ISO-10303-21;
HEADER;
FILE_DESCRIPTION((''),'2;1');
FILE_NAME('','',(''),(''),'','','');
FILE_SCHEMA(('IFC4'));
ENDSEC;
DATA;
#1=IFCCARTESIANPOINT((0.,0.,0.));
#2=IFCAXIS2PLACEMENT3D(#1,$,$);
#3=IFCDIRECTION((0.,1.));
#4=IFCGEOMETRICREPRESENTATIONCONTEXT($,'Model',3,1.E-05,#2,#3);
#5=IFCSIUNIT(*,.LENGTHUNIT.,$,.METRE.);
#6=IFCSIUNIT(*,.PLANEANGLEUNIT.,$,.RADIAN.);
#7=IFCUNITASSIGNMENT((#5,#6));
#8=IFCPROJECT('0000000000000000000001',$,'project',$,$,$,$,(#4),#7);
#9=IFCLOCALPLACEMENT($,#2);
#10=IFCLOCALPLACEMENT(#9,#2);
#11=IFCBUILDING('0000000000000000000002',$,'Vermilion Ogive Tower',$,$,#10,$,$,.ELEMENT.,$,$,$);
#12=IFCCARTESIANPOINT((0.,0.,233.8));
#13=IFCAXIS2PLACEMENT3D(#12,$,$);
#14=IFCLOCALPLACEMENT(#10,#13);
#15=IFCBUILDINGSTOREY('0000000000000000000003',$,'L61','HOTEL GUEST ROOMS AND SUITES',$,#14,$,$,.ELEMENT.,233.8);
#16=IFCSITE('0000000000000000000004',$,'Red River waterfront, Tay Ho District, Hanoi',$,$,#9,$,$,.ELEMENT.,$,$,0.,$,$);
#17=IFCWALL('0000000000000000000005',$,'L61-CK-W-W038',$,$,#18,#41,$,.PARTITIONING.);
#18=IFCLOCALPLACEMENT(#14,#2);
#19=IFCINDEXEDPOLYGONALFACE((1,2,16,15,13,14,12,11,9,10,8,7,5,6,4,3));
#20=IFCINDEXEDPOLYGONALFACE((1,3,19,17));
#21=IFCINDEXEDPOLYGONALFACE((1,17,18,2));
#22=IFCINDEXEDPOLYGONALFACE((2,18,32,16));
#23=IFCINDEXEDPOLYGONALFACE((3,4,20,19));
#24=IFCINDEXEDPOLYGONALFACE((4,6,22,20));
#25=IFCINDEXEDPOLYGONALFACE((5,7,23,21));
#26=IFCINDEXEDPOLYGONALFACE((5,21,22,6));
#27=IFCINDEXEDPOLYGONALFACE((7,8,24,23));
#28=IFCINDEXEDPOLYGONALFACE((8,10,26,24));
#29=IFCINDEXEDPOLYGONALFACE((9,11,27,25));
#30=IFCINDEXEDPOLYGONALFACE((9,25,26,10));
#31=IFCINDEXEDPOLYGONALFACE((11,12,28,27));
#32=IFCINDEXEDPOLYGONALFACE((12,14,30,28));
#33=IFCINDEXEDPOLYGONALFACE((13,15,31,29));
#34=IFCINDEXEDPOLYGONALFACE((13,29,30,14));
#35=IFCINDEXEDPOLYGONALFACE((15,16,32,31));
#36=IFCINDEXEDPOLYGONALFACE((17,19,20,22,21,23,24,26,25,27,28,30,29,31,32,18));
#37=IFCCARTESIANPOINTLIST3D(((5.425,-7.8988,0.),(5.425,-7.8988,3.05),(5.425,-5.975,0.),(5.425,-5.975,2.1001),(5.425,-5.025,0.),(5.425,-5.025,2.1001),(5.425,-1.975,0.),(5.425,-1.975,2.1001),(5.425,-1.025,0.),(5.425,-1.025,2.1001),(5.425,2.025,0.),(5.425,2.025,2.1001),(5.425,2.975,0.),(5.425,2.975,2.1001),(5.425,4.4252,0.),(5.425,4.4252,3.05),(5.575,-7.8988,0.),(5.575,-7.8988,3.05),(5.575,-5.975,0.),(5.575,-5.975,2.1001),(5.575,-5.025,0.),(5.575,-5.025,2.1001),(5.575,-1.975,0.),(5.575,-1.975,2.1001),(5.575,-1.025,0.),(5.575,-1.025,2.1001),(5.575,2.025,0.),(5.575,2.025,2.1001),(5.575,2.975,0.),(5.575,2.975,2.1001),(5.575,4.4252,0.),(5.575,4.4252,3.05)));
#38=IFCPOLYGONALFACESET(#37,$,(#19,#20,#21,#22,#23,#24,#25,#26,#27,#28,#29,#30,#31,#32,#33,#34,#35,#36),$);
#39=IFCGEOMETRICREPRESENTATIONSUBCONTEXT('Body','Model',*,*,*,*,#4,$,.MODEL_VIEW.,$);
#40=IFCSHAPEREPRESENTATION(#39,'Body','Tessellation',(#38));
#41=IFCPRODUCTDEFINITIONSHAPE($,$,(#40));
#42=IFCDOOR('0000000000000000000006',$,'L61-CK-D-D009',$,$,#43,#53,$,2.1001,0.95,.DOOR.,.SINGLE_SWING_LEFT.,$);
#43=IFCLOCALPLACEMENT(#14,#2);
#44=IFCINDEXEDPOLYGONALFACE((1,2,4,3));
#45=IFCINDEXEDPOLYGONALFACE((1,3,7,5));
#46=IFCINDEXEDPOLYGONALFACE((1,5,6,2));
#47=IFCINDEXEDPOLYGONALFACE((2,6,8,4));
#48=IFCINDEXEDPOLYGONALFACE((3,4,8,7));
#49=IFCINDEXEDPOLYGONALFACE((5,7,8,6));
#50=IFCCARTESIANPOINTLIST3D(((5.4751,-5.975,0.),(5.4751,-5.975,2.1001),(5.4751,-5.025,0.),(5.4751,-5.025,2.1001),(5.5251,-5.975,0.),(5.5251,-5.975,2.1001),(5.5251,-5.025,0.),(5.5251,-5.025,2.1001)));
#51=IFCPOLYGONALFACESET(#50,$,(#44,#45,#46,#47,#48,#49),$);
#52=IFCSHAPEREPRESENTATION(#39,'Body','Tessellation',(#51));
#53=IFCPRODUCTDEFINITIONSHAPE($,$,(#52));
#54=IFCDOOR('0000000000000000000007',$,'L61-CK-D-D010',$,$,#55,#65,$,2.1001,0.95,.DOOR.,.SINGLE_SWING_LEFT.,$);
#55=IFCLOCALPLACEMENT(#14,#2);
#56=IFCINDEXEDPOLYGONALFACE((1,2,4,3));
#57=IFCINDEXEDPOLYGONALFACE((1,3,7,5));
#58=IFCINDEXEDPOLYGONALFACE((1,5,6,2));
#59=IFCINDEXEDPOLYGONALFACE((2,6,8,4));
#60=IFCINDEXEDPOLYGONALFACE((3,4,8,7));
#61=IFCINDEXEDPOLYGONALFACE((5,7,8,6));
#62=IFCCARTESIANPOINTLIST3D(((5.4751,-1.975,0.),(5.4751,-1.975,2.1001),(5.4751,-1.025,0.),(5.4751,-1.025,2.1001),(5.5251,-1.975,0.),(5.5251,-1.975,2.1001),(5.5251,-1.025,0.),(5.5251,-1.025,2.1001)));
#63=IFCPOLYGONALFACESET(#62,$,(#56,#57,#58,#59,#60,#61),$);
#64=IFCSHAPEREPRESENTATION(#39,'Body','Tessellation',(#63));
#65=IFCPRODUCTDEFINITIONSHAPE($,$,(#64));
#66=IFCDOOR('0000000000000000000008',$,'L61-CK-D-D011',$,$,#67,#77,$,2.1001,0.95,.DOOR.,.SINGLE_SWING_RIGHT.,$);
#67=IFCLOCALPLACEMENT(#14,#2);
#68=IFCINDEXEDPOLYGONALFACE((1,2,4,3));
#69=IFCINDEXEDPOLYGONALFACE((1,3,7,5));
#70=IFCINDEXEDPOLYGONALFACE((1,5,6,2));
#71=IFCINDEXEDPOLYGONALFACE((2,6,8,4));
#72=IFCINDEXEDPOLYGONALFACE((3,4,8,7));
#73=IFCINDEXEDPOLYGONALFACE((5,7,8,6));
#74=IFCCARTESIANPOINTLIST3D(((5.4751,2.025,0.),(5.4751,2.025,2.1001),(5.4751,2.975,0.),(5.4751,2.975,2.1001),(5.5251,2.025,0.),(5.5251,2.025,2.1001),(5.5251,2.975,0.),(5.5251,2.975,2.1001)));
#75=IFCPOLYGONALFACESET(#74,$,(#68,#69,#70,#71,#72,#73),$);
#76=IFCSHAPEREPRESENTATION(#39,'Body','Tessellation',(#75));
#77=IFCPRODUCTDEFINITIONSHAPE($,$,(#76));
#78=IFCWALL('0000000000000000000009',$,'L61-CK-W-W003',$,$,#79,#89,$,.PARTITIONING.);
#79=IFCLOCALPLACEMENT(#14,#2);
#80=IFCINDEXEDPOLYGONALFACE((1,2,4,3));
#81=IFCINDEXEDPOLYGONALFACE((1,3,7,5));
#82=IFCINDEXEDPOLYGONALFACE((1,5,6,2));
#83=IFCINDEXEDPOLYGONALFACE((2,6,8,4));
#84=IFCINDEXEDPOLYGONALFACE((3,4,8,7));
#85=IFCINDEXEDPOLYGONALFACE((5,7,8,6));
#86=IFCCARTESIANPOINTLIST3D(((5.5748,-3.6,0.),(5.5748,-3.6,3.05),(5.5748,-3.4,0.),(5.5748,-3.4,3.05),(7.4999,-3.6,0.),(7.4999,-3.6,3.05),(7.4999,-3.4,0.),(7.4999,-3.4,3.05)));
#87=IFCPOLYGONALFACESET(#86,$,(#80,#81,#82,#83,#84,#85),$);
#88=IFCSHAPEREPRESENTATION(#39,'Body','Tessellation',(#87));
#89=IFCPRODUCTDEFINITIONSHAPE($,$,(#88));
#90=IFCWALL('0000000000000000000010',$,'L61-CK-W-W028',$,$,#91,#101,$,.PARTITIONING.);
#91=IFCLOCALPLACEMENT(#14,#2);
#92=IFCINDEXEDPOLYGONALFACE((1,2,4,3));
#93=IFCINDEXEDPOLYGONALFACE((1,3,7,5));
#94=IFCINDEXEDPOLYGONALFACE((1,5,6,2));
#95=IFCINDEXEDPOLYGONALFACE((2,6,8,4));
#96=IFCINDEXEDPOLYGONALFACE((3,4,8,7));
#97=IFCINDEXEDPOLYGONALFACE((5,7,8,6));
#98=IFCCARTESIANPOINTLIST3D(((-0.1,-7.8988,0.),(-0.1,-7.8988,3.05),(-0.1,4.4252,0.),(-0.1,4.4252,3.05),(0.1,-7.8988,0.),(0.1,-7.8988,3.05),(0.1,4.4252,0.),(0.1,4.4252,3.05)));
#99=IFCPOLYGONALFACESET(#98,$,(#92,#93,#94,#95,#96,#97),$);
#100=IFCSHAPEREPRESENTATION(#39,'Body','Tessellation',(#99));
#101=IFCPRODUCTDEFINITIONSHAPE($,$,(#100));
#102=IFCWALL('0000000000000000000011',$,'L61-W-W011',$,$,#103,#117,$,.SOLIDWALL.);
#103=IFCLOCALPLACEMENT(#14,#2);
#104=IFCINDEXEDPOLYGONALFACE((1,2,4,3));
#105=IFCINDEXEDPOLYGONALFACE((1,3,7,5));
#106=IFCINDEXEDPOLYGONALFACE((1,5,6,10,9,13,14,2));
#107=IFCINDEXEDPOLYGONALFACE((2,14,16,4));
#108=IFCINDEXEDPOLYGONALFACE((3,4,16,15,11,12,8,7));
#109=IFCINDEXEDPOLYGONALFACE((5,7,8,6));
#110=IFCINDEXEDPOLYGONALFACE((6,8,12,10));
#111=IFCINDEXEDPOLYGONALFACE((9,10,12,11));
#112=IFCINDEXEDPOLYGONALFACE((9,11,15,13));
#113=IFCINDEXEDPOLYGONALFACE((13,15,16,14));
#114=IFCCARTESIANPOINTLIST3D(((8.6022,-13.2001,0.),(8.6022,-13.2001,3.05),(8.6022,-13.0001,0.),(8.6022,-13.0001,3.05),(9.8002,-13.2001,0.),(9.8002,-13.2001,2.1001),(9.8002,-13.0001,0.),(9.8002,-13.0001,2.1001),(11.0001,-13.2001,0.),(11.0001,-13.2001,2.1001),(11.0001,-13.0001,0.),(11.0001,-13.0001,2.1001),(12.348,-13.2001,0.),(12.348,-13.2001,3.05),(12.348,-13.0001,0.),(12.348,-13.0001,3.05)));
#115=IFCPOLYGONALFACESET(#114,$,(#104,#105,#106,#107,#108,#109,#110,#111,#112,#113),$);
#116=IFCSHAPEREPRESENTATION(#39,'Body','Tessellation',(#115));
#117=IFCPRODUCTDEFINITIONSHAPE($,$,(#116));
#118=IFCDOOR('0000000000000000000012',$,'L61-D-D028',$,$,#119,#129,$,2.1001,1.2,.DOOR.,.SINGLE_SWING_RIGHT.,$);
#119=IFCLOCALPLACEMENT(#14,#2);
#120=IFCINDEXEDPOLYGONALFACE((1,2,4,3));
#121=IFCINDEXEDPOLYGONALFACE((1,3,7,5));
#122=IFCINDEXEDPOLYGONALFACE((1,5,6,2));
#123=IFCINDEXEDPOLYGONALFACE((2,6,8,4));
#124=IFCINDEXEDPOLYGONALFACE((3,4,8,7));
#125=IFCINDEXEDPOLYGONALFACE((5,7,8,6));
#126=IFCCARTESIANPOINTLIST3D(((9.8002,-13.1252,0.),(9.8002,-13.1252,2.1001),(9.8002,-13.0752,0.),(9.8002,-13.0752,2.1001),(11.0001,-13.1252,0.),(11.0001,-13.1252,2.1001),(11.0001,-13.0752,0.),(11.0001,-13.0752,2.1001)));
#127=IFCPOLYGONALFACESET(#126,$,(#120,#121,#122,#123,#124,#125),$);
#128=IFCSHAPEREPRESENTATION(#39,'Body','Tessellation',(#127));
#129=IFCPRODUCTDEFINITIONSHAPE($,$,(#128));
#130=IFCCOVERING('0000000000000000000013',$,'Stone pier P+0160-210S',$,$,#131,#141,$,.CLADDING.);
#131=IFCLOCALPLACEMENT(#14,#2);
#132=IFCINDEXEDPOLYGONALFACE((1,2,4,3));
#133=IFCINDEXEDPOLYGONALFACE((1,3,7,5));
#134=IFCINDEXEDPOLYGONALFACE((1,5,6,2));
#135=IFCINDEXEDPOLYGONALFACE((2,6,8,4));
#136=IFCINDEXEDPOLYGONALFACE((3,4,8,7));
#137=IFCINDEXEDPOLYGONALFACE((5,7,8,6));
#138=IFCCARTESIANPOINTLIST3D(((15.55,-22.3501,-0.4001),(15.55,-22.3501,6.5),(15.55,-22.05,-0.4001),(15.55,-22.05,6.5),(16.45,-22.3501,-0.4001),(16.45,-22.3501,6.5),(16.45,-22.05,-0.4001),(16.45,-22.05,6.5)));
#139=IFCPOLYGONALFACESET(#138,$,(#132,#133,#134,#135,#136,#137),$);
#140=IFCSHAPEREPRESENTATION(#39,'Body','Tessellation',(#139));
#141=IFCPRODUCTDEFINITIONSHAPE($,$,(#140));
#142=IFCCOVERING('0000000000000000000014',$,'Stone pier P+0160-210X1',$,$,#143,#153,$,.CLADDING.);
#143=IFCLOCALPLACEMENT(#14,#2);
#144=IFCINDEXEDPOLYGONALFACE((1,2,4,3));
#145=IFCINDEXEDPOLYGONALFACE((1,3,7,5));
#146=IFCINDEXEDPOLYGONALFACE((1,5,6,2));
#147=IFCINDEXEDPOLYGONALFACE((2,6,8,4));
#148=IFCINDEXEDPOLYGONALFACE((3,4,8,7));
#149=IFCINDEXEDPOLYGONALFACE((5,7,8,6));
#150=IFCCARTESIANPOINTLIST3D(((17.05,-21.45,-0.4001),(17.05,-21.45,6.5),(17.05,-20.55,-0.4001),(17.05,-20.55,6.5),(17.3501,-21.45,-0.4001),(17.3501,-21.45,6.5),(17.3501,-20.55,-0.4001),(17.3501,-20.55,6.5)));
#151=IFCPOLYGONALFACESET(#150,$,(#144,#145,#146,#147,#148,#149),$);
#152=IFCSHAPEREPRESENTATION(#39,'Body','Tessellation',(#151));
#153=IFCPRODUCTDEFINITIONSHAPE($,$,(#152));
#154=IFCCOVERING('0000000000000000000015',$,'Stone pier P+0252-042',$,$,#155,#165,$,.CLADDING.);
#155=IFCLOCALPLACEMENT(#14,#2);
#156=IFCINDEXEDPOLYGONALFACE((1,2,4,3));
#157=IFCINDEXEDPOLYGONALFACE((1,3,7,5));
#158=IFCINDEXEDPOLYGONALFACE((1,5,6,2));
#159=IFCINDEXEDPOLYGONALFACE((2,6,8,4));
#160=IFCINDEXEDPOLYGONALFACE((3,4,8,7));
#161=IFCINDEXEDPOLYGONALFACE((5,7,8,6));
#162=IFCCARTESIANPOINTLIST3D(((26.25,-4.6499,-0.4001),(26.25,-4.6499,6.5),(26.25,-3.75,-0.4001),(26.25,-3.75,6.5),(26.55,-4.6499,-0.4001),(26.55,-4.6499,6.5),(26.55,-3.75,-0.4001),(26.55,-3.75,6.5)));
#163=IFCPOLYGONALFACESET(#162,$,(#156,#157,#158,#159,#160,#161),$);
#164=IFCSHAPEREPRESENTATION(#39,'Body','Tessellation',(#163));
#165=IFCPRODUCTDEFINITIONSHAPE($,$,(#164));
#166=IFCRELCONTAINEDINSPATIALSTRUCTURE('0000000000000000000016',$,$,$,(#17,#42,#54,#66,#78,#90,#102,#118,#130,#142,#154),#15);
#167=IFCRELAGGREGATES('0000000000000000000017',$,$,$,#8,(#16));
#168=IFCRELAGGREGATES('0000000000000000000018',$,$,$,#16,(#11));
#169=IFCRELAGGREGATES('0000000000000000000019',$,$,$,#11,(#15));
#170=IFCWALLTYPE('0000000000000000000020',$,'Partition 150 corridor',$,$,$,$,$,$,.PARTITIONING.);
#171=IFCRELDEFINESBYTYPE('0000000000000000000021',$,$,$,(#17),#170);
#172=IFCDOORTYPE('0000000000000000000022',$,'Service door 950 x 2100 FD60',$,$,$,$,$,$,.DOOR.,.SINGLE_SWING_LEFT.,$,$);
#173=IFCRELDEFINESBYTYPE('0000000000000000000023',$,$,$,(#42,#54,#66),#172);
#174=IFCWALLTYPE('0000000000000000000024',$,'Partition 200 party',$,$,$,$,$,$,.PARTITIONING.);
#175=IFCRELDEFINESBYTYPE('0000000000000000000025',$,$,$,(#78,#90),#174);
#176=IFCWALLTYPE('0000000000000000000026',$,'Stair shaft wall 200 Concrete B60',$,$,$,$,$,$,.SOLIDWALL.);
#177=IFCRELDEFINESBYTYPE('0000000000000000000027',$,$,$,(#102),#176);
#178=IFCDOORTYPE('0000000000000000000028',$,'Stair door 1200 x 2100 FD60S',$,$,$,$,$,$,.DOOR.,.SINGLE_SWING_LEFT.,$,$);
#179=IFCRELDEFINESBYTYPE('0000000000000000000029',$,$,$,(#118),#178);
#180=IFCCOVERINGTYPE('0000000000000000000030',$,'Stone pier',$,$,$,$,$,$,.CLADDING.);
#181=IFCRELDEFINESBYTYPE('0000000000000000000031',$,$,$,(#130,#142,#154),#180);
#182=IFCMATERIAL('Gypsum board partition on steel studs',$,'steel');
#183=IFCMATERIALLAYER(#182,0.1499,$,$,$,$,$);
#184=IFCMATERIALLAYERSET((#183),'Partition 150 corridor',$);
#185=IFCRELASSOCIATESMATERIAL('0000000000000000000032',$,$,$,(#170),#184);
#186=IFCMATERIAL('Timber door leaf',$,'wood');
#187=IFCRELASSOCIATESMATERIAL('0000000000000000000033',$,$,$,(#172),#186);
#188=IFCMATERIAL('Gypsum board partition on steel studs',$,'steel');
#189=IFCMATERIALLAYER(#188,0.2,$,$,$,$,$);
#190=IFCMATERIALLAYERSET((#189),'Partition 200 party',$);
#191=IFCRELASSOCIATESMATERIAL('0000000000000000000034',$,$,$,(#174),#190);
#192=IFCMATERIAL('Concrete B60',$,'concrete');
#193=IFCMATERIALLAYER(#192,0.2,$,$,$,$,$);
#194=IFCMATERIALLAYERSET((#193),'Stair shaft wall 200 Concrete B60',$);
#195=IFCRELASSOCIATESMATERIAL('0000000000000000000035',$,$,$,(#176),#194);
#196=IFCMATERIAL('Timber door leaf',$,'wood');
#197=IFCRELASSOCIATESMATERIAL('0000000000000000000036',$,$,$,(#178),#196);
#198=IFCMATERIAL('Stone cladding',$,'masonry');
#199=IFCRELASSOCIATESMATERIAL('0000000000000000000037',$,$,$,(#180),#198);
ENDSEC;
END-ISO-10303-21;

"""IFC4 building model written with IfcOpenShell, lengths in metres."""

from ifc_helpers import new_model, si_unit, direction, frame, frame_2d, origin, place, context, subcontext, project, spatial, polyline, rectangle, outline, extrude, material, layer, layer_set, type_object, element, fill, save


model = new_model("IFC4")

# Units and contexts
model_context = context("Model", 3, precision=1e-05, world=origin(), true_north=direction((0.0, 1.0)))
body_context = subcontext(model_context, "Body", "Model", "MODEL_VIEW")
ifc_project = project(units=[si_unit("LENGTHUNIT", "METRE"), si_unit("PLANEANGLEUNIT", "RADIAN")], contexts=[model_context])

# Site, building, storey
site_placement = place(None, origin())
site = spatial("IfcSite", under=ifc_project, at=site_placement, Name="Red River waterfront, Tay Ho District, Hanoi", CompositionType="ELEMENT", RefElevation=0.0)
building_placement = place(site_placement, origin())
building = spatial("IfcBuilding", under=site, at=building_placement, Name="Vermilion Ogive Tower", CompositionType="ELEMENT")
storey_placement = place(building_placement, frame((0.0, 0.0, 233.8)))
storey = spatial("IfcBuildingStorey", under=building, at=storey_placement, Name="L61", Description="HOTEL GUEST ROOMS AND SUITES", CompositionType="ELEMENT", Elevation=233.8)

# Shared definitions
ifc_material_1 = material(Name="Gypsum board partition on steel studs", Category="steel")
ifc_layer_1 = layer(ifc_material_1, 0.1499)
ifc_layer_set_1 = layer_set([ifc_layer_1], Name="Partition 150 corridor")
wall_type_1 = type_object("IfcWallType", Name="Partition 150 corridor", PredefinedType="PARTITIONING", material=ifc_layer_set_1)

# Shared definitions
ifc_material_2 = material(Name="Timber door leaf", Category="wood")
door_type_1 = type_object("IfcDoorType", Name="Service door 950 x 2100 FD60", OperationType="SINGLE_SWING_LEFT", PredefinedType="DOOR", material=ifc_material_2)

# Wall, openings, doors
wall_1_placement = place(storey_placement, frame((5.5, -7.8989, 0.0), z_axis=(0.0, 0.0, 1.0), x_axis=(0.0, 1.0, 0.0)))
wall_1 = element("IfcWall", 1, at=wall_1_placement, inside=storey, type_object=wall_type_1, Name="L61-CK-W-W038", PredefinedType="PARTITIONING", context=body_context, shape_type="SweptSolid", body=[
    extrude(rectangle(XDim=12.324, YDim=0.1499, at=frame_2d((6.1621, 0.0))), origin(), (0.0, 0.0, 1.0), 3.05),
])
opening_1_placement = place(wall_1_placement, frame((1.9238, 0.0, 0.0)))
opening_1 = element("IfcOpeningElement", 2, at=opening_1_placement, cuts=wall_1, PredefinedType="OPENING", context=body_context, shape_type="SweptSolid", body=[
    extrude(rectangle(XDim=0.95, YDim=2.1001, at=frame_2d((0.4751, 1.05))), frame((0.0, 0.085, 0.0), z_axis=(0.0, -1.0, 0.0), x_axis=(1.0, 0.0, 0.0)), (0.0, 0.0, 1.0), 0.1699),
])
opening_2_placement = place(wall_1_placement, frame((5.9238, 0.0, 0.0)))
opening_2 = element("IfcOpeningElement", 3, at=opening_2_placement, cuts=wall_1, PredefinedType="OPENING", context=body_context, shape_type="SweptSolid", body=[
    extrude(rectangle(XDim=0.95, YDim=2.1001, at=frame_2d((0.4751, 1.05))), frame((0.0, 0.085, 0.0), z_axis=(0.0, -1.0, 0.0), x_axis=(1.0, 0.0, 0.0)), (0.0, 0.0, 1.0), 0.1699),
])
opening_3_placement = place(wall_1_placement, frame((9.9238, 0.0, 0.0)))
opening_3 = element("IfcOpeningElement", 4, at=opening_3_placement, cuts=wall_1, PredefinedType="OPENING", context=body_context, shape_type="SweptSolid", body=[
    extrude(rectangle(XDim=0.95, YDim=2.1001, at=frame_2d((0.4751, 1.05))), frame((0.0, 0.085, 0.0), z_axis=(0.0, -1.0, 0.0), x_axis=(1.0, 0.0, 0.0)), (0.0, 0.0, 1.0), 0.1699),
])
door_1_placement = place(opening_1_placement, origin())
door_1 = element("IfcDoor", 5, at=door_1_placement, inside=storey, type_object=door_type_1, Name="L61-CK-D-D009", OperationType="SINGLE_SWING_LEFT", OverallHeight=2.1001, OverallWidth=0.95, PredefinedType="DOOR", context=body_context, shape_type="SweptSolid", body=[
    extrude(rectangle(XDim=0.95, YDim=2.1001, at=frame_2d((0.4751, 1.05))), frame((0.0, 0.0249, 0.0), z_axis=(0.0, -1.0, 0.0), x_axis=(1.0, 0.0, 0.0)), (0.0, 0.0, 1.0), 0.05),
])
fill(opening_1, door_1)
door_2_placement = place(opening_2_placement, origin())
door_2 = element("IfcDoor", 6, at=door_2_placement, inside=storey, type_object=door_type_1, Name="L61-CK-D-D010", OperationType="SINGLE_SWING_LEFT", OverallHeight=2.1001, OverallWidth=0.95, PredefinedType="DOOR", context=body_context, shape_type="SweptSolid", body=[
    extrude(rectangle(XDim=0.95, YDim=2.1001, at=frame_2d((0.4751, 1.05))), frame((0.0, 0.0249, 0.0), z_axis=(0.0, -1.0, 0.0), x_axis=(1.0, 0.0, 0.0)), (0.0, 0.0, 1.0), 0.05),
])
fill(opening_2, door_2)
door_3_placement = place(opening_3_placement, origin())
door_3 = element("IfcDoor", 7, at=door_3_placement, inside=storey, type_object=door_type_1, Name="L61-CK-D-D011", OperationType="SINGLE_SWING_RIGHT", OverallHeight=2.1001, OverallWidth=0.95, PredefinedType="DOOR", context=body_context, shape_type="SweptSolid", body=[
    extrude(rectangle(XDim=0.95, YDim=2.1001, at=frame_2d((0.4751, 1.05))), frame((0.0, 0.0249, 0.0), z_axis=(0.0, -1.0, 0.0), x_axis=(1.0, 0.0, 0.0)), (0.0, 0.0, 1.0), 0.05),
])
fill(opening_3, door_3)

# Walls
ifc_material_3 = material(Name="Gypsum board partition on steel studs", Category="steel")
ifc_layer_2 = layer(ifc_material_3, 0.2)
ifc_layer_set_2 = layer_set([ifc_layer_2], Name="Partition 200 party")
wall_type_2 = type_object("IfcWallType", Name="Partition 200 party", PredefinedType="PARTITIONING", material=ifc_layer_set_2)
wall_2_placement = place(storey_placement, frame((5.575, -3.5, 0.0), z_axis=(0.0, 0.0, 1.0), x_axis=(1.0, 0.0, 0.0)))
element("IfcWall", 8, at=wall_2_placement, inside=storey, type_object=wall_type_2, Name="L61-CK-W-W003", PredefinedType="PARTITIONING", context=body_context, shape_type="SweptSolid", body=[
    extrude(rectangle(XDim=1.925, YDim=0.2, at=frame_2d((0.9624, 0.0))), origin(), (0.0, 0.0, 1.0), 3.05),
])
wall_3_placement = place(storey_placement, frame((0.0, -7.8989, 0.0), z_axis=(0.0, 0.0, 1.0), x_axis=(0.0, 1.0, 0.0)))
element("IfcWall", 9, at=wall_3_placement, inside=storey, type_object=wall_type_2, Name="L61-CK-W-W028", PredefinedType="PARTITIONING", context=body_context, shape_type="SweptSolid", body=[
    extrude(rectangle(XDim=12.324, YDim=0.2, at=frame_2d((6.1621, 0.0))), origin(), (0.0, 0.0, 1.0), 3.05),
])

# Wall, opening, door
ifc_material_4 = material(Name="Concrete B60", Category="concrete")
ifc_layer_3 = layer(ifc_material_4, 0.2)
ifc_layer_set_3 = layer_set([ifc_layer_3], Name="Stair shaft wall 200 Concrete B60")
wall_type_3 = type_object("IfcWallType", Name="Stair shaft wall 200 Concrete B60", PredefinedType="SOLIDWALL", material=ifc_layer_set_3)
wall_4_placement = place(storey_placement, frame((8.6021, -13.1001, 0.0), z_axis=(0.0, 0.0, 1.0), x_axis=(1.0, 0.0, 0.0)))
wall_4 = element("IfcWall", 10, at=wall_4_placement, inside=storey, type_object=wall_type_3, Name="L61-W-W011", PredefinedType="SOLIDWALL", context=body_context, shape_type="SweptSolid", body=[
    extrude(rectangle(XDim=3.7458, YDim=0.2, at=frame_2d((1.873, 0.0))), origin(), (0.0, 0.0, 1.0), 3.05),
])
opening_4_placement = place(wall_4_placement, frame((1.198, 0.0, 0.0)))
opening_4 = element("IfcOpeningElement", 11, at=opening_4_placement, cuts=wall_4, PredefinedType="OPENING", context=body_context, shape_type="SweptSolid", body=[
    extrude(rectangle(XDim=1.2, YDim=2.1001, at=frame_2d((0.6001, 1.05))), frame((0.0, 0.1099, 0.0), z_axis=(0.0, -1.0, 0.0), x_axis=(1.0, 0.0, 0.0)), (0.0, 0.0, 1.0), 0.22),
])
ifc_material_5 = material(Name="Timber door leaf", Category="wood")
door_type_2 = type_object("IfcDoorType", Name="Stair door 1200 x 2100 FD60S", OperationType="SINGLE_SWING_LEFT", PredefinedType="DOOR", material=ifc_material_5)
door_4_placement = place(opening_4_placement, origin())
door_4 = element("IfcDoor", 12, at=door_4_placement, inside=storey, type_object=door_type_2, Name="L61-D-D028", OperationType="SINGLE_SWING_RIGHT", OverallHeight=2.1001, OverallWidth=1.2, PredefinedType="DOOR", context=body_context, shape_type="SweptSolid", body=[
    extrude(rectangle(XDim=1.2, YDim=2.1001, at=frame_2d((0.6001, 1.05))), frame((0.0, 0.0249, 0.0), z_axis=(0.0, -1.0, 0.0), x_axis=(1.0, 0.0, 0.0)), (0.0, 0.0, 1.0), 0.05),
])
fill(opening_4, door_4)

# Coverings
ifc_material_6 = material(Name="Stone cladding", Category="masonry")
covering_type = type_object("IfcCoveringType", Name="Stone pier", PredefinedType="CLADDING", material=ifc_material_6)
covering_1_placement = place(storey_placement, frame((0.0, 0.0, -0.4001)))
element("IfcCovering", 13, at=covering_1_placement, inside=storey, type_object=covering_type, Name="Stone pier P+0160-210S", PredefinedType="CLADDING", context=body_context, shape_type="SweptSolid", body=[
    extrude(outline(polyline([(16.45, -22.3501), (15.55, -22.3501), (15.55, -22.05), (16.45, -22.05), (16.45, -22.3501)])), origin(), (0.0, 0.0, 1.0), 6.9001),
])
covering_2_placement = place(storey_placement, frame((0.0, 0.0, -0.4001)))
element("IfcCovering", 14, at=covering_2_placement, inside=storey, type_object=covering_type, Name="Stone pier P+0160-210X1", PredefinedType="CLADDING", context=body_context, shape_type="SweptSolid", body=[
    extrude(outline(polyline([(17.3501, -21.45), (17.05, -21.45), (17.05, -20.55), (17.3501, -20.55), (17.3501, -21.45)])), origin(), (0.0, 0.0, 1.0), 6.9001),
])
covering_3_placement = place(storey_placement, frame((0.0, 0.0, -0.4001)))
element("IfcCovering", 15, at=covering_3_placement, inside=storey, type_object=covering_type, Name="Stone pier P+0252-042", PredefinedType="CLADDING", context=body_context, shape_type="SweptSolid", body=[
    extrude(outline(polyline([(26.55, -3.75), (26.55, -4.6499), (26.25, -4.6499), (26.25, -3.75), (26.55, -3.75)])), origin(), (0.0, 0.0, 1.0), 6.9001),
])

save(model, "model.ifc")
